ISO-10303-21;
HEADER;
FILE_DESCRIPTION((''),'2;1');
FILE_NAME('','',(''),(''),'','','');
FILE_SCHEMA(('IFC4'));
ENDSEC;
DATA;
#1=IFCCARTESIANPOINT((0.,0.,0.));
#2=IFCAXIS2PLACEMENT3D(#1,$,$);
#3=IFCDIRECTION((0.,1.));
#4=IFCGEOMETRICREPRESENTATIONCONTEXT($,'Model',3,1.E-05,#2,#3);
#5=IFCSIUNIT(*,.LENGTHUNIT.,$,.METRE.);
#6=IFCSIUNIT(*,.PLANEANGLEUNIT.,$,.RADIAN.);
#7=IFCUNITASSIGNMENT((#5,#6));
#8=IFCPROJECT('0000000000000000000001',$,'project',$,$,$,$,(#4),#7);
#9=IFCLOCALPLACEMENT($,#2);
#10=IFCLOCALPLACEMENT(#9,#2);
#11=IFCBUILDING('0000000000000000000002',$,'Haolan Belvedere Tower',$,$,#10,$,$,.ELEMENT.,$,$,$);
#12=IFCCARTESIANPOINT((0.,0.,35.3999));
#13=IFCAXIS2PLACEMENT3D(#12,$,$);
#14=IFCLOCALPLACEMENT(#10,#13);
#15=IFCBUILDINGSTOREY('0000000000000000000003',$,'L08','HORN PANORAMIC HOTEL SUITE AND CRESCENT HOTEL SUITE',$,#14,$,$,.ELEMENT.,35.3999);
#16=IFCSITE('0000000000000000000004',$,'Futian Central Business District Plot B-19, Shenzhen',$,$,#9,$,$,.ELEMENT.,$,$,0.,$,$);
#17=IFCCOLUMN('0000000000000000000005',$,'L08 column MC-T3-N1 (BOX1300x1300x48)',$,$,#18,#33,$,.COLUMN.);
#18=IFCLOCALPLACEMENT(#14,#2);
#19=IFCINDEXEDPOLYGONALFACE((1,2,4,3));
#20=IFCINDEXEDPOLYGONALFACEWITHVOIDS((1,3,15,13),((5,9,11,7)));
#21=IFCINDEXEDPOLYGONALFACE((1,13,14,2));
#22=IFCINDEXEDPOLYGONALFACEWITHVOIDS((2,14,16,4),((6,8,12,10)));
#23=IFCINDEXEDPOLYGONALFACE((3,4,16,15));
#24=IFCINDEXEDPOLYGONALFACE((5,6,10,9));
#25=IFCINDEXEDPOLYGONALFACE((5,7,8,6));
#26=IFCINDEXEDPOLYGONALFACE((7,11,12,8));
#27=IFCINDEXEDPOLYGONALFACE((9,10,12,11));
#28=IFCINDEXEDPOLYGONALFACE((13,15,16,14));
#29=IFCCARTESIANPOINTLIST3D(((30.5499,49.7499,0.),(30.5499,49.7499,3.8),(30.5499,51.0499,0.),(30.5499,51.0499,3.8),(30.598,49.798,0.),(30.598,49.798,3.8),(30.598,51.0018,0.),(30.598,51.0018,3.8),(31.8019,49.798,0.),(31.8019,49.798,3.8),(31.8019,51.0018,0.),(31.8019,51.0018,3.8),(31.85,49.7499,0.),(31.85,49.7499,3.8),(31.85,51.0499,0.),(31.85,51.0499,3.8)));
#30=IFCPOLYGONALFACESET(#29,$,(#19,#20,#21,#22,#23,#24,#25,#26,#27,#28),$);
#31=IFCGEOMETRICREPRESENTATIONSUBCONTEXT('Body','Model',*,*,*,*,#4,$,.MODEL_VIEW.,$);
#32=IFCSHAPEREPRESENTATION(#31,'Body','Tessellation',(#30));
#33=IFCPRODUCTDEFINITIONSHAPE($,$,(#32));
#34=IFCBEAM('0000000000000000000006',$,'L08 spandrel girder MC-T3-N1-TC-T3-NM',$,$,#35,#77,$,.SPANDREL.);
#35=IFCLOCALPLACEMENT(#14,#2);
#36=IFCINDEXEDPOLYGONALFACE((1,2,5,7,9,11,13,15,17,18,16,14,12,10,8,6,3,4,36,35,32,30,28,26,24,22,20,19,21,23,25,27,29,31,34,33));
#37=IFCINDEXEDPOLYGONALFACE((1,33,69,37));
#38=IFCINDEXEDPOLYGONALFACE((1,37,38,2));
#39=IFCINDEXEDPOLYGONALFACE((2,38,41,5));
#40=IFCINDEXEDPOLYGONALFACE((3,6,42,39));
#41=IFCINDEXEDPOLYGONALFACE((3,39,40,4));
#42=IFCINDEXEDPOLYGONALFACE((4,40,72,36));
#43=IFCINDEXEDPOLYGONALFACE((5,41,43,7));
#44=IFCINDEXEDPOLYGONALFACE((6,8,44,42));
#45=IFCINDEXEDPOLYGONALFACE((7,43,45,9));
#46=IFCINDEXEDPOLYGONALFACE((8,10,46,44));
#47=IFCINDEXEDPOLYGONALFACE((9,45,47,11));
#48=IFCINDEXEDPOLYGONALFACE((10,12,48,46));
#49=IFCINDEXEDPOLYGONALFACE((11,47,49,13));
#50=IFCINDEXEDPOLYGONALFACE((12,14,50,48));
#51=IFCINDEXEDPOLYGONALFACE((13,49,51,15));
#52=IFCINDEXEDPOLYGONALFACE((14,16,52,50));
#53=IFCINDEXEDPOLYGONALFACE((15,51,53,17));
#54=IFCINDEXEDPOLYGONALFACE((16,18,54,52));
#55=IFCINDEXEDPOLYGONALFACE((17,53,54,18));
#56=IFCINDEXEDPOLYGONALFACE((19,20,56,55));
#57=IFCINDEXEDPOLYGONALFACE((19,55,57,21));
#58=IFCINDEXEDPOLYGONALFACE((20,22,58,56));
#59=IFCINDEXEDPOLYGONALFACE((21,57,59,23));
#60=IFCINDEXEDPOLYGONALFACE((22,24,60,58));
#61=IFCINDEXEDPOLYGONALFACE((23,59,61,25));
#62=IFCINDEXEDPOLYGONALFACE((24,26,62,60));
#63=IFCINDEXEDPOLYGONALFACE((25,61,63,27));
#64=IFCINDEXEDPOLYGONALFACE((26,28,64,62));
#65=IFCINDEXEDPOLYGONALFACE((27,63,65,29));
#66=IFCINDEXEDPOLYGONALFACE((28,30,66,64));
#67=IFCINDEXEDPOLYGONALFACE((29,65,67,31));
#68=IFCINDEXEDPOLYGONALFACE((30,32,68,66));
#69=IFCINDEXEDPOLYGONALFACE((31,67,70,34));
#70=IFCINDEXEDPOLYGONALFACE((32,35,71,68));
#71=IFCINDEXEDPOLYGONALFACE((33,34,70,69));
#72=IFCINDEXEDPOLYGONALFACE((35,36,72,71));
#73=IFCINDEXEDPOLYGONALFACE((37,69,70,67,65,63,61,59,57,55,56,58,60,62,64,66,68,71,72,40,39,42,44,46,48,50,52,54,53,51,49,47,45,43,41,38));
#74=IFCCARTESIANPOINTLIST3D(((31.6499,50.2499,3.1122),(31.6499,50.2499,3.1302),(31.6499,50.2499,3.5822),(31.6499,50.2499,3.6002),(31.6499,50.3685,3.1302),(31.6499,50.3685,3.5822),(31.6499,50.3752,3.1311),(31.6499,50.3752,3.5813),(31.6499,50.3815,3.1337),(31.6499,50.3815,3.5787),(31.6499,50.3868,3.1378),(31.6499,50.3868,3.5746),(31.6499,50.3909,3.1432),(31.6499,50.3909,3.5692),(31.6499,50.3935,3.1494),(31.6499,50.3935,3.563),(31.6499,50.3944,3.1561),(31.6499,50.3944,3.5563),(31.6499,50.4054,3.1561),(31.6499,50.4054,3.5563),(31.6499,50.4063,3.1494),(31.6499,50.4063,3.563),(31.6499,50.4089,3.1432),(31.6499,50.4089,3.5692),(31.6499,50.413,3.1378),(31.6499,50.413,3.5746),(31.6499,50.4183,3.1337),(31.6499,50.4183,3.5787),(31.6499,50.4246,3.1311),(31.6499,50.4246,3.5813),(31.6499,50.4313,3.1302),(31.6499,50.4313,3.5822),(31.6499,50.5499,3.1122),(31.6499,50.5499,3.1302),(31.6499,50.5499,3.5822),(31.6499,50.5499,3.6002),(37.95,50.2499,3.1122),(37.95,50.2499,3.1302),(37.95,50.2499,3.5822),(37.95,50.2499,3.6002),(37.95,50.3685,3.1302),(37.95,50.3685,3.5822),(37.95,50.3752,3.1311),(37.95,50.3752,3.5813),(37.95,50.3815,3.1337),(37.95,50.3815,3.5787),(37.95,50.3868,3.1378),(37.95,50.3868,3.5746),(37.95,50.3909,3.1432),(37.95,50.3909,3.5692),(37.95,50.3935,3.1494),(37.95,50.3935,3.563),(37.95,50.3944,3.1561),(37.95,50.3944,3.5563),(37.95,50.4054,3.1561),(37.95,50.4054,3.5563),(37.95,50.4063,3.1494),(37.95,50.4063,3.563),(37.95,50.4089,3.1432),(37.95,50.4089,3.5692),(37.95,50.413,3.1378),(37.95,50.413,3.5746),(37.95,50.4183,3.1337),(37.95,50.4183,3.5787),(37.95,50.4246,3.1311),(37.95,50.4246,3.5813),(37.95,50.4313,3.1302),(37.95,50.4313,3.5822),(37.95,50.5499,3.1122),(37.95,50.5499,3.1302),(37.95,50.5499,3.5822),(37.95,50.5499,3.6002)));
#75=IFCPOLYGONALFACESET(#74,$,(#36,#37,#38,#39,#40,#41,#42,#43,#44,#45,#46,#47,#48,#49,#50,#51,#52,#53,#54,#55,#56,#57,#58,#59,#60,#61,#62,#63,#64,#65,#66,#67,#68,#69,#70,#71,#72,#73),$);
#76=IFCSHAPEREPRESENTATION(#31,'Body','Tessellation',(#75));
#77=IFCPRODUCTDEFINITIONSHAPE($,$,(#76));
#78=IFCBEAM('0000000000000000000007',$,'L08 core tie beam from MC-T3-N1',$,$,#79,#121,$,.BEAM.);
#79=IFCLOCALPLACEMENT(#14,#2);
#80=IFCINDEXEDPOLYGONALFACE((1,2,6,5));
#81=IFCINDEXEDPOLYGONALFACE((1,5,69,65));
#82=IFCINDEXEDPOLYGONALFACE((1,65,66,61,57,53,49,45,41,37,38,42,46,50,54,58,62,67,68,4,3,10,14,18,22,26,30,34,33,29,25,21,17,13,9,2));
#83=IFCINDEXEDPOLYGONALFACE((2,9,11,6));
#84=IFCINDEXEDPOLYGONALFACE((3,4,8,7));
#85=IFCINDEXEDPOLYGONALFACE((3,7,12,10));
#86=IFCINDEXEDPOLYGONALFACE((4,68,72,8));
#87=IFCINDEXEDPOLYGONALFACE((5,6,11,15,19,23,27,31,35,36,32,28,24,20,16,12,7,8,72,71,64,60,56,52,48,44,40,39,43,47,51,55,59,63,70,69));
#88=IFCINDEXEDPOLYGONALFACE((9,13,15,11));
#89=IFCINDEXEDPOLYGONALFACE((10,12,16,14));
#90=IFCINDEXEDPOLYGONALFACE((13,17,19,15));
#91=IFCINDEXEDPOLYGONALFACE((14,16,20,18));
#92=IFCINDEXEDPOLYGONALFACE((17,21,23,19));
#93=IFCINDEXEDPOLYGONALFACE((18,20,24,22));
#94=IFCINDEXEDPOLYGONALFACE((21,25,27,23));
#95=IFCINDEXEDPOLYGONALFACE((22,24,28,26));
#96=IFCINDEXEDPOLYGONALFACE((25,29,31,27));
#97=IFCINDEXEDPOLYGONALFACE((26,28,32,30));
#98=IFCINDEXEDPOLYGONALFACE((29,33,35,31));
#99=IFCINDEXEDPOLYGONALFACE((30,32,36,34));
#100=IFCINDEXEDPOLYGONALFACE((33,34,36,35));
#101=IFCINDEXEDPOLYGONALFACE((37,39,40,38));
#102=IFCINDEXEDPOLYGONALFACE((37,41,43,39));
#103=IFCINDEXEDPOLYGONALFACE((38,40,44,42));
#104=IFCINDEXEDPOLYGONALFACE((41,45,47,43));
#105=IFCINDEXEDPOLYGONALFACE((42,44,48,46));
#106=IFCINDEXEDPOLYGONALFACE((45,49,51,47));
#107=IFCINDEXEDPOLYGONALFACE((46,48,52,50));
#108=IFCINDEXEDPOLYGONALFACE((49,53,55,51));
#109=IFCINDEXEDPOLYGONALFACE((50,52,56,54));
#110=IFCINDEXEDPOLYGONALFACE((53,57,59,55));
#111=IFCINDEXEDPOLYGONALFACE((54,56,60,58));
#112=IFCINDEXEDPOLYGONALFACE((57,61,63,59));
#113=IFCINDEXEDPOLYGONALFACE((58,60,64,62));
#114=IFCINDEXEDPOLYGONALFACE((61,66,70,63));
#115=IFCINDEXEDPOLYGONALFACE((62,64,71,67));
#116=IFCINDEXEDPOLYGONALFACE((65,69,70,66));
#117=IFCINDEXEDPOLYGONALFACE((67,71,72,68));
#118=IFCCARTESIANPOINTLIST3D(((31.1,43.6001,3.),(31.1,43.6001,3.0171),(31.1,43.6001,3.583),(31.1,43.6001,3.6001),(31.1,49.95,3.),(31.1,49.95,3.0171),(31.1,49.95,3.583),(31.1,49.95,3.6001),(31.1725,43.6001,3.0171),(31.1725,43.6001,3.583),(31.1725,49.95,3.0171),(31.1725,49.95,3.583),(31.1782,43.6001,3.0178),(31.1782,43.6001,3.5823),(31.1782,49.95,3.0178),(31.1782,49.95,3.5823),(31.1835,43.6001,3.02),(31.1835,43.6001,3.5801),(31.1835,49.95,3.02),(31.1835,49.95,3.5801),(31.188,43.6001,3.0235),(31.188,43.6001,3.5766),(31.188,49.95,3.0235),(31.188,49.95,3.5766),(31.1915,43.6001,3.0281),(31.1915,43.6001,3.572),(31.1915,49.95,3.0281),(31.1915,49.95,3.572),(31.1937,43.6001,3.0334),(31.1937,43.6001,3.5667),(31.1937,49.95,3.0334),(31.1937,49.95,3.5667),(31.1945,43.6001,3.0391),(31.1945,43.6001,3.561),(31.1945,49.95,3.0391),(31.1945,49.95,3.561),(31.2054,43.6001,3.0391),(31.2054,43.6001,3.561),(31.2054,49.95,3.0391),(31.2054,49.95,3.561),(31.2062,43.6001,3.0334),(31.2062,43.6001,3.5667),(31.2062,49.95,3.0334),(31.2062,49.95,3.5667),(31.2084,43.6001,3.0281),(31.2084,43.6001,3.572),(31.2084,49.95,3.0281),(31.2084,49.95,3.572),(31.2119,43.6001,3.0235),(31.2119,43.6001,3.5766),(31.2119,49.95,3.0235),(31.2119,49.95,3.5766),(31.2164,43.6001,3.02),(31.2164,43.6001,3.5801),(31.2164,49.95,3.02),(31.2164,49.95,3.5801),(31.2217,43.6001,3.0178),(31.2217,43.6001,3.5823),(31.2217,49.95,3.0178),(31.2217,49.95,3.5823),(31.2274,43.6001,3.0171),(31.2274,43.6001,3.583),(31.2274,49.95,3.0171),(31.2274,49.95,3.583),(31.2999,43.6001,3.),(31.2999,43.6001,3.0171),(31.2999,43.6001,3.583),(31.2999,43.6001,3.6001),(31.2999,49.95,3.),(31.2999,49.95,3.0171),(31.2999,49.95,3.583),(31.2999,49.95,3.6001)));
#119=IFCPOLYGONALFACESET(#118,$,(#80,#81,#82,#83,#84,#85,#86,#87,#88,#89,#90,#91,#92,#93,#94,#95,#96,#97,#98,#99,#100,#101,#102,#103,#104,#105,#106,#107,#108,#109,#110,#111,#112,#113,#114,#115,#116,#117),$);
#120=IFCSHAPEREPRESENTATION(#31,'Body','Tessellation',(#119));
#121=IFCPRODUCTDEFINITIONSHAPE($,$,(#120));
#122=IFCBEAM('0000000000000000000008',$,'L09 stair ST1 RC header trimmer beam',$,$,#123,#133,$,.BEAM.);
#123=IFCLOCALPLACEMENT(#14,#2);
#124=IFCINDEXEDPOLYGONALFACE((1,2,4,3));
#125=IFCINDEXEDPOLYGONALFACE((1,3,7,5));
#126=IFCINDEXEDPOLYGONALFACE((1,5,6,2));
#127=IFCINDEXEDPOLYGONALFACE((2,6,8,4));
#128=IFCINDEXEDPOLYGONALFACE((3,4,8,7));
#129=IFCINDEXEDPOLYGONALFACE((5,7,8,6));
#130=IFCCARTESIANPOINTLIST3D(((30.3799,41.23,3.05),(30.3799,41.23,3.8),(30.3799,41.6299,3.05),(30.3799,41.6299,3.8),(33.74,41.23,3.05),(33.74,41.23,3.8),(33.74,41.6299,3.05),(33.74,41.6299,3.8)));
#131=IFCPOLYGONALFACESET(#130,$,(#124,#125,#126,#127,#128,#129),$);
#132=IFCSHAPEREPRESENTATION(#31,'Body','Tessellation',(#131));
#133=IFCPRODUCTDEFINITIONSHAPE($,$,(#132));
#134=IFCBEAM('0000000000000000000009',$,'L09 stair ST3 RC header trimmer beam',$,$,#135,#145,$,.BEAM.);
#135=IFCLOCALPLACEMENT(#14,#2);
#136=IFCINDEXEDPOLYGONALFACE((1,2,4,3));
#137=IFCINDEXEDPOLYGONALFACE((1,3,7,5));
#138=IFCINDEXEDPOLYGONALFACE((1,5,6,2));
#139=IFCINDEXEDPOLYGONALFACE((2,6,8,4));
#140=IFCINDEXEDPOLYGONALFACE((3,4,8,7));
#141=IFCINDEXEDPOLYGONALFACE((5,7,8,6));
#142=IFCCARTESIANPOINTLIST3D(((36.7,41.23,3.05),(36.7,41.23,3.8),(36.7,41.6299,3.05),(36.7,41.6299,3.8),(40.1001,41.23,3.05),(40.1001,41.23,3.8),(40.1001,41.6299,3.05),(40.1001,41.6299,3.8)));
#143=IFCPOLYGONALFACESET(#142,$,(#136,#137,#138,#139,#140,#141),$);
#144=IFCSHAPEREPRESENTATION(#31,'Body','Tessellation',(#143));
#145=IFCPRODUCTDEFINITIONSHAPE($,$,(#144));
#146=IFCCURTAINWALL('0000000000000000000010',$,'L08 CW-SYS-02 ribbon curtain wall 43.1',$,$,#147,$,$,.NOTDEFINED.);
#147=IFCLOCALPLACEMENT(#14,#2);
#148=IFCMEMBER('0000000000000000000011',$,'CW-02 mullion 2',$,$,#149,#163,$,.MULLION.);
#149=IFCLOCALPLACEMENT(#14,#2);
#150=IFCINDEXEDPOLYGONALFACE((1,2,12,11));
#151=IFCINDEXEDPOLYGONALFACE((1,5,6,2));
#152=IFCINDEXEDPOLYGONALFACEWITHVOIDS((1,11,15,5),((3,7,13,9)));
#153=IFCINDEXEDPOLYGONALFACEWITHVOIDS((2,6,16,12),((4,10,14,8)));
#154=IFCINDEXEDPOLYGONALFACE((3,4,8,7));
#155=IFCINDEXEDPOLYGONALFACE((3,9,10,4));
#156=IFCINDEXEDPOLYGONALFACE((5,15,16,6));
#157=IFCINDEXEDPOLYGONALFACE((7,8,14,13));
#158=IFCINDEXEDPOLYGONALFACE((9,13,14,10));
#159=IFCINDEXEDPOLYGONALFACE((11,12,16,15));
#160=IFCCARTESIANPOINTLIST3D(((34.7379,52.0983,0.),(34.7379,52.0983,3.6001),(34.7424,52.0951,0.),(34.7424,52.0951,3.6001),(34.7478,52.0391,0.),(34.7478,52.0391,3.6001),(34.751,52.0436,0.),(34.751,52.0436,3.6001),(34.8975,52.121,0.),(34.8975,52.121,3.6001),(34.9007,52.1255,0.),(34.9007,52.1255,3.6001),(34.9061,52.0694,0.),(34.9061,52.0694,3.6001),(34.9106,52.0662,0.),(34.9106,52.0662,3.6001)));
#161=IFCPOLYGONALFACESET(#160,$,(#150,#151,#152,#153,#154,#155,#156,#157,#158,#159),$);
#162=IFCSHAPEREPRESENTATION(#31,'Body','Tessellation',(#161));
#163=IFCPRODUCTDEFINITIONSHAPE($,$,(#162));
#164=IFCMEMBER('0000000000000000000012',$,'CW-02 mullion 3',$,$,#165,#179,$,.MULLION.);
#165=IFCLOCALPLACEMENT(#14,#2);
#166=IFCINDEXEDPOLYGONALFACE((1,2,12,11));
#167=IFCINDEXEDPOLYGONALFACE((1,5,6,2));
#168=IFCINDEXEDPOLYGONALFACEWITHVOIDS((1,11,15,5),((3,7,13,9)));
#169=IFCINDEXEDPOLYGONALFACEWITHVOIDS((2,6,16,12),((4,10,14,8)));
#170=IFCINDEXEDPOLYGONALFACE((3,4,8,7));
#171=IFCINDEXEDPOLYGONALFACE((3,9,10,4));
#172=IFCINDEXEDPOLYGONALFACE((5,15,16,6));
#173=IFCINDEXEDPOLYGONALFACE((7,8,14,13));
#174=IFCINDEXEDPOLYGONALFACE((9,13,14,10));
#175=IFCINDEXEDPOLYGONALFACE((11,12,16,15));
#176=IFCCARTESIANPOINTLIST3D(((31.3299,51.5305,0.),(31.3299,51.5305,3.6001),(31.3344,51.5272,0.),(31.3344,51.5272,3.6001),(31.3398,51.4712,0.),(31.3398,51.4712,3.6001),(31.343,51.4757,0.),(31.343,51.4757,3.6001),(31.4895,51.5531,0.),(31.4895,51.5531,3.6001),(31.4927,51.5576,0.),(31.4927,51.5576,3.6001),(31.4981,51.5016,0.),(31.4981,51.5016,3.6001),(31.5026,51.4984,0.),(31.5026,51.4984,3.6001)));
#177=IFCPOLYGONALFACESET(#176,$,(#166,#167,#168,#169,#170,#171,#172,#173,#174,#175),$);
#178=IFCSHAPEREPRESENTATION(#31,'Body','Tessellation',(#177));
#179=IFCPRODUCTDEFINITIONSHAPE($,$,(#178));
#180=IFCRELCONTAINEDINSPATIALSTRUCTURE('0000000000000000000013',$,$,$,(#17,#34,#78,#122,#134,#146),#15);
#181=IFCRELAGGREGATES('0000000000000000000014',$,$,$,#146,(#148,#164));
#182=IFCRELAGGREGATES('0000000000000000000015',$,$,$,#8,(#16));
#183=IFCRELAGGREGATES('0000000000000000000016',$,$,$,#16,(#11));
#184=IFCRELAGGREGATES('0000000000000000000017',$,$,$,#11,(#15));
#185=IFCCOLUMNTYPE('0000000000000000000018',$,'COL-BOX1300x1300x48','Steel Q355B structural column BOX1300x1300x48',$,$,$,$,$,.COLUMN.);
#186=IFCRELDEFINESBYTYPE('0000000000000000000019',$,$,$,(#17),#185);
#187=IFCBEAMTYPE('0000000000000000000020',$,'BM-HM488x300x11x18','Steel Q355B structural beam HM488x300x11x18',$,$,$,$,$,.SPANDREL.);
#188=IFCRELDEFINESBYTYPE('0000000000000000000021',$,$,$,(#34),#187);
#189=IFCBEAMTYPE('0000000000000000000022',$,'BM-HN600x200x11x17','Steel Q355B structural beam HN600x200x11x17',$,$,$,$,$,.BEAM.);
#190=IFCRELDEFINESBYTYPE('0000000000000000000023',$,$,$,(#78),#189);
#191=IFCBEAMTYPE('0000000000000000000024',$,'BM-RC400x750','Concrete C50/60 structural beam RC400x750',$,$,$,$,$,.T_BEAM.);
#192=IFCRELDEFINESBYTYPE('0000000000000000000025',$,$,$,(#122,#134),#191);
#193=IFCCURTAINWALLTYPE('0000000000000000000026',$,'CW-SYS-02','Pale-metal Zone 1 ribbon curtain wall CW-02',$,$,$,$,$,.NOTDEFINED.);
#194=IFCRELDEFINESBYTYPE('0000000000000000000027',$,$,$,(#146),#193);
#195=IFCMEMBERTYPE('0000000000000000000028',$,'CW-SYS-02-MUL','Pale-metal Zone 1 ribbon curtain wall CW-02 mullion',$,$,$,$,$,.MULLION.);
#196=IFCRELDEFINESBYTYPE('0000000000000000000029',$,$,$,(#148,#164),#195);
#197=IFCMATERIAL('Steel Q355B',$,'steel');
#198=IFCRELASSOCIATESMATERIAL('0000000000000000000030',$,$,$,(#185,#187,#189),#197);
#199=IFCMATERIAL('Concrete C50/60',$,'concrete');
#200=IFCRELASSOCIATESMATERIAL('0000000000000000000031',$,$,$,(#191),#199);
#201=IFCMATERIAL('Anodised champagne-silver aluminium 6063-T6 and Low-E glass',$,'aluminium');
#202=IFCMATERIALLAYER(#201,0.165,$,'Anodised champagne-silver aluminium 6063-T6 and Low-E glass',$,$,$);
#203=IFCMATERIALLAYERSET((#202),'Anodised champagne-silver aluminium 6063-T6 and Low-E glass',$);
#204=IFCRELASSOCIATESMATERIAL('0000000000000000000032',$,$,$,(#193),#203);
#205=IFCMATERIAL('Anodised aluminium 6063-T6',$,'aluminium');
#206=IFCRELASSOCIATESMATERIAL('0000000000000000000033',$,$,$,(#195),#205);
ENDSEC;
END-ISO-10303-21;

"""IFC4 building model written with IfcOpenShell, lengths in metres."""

from ifc_helpers import new_model, si_unit, direction, frame, origin, origin_2d, place, context, subcontext, project, spatial, rectangle, hollow_rectangle, i_section, extrude, material, layer, layer_set, material_profile, profile_set, type_object, element, aggregate, save


model = new_model("IFC4")

# Units and contexts
model_context = context("Model", 3, precision=1e-05, world=origin(), true_north=direction((0.0, 1.0)))
body_context = subcontext(model_context, "Body", "Model", "MODEL_VIEW")
ifc_project = project(units=[si_unit("LENGTHUNIT", "METRE"), si_unit("PLANEANGLEUNIT", "RADIAN")], contexts=[model_context])

# Site, building, storey
site_placement = place(None, origin())
site = spatial("IfcSite", under=ifc_project, at=site_placement, Name="Futian Central Business District Plot B-19, Shenzhen", CompositionType="ELEMENT", RefElevation=0.0)
building_placement = place(site_placement, origin())
building = spatial("IfcBuilding", under=site, at=building_placement, Name="Haolan Belvedere Tower", CompositionType="ELEMENT")
storey_placement = place(building_placement, frame((0.0, 0.0, 35.3999)))
storey = spatial("IfcBuildingStorey", under=building, at=storey_placement, Name="L08", Description="HORN PANORAMIC HOTEL SUITE AND CRESCENT HOTEL SUITE", CompositionType="ELEMENT", Elevation=35.3999)

# Column
ifc_material_1 = material(Name="Steel Q355B", Category="steel")
ifc_material_profile_1 = material_profile(ifc_material_1, hollow_rectangle(XDim=1.3, YDim=1.3, WallThickness=0.0481, at=origin_2d()), Name="Steel Q355B")
ifc_profile_set_1 = profile_set([ifc_material_profile_1], Name="Steel Q355B")
column_type = type_object("IfcColumnType", Name="COL-BOX1300x1300x48", Description="Steel Q355B structural column BOX1300x1300x48", PredefinedType="COLUMN", material=ifc_profile_set_1)
column_placement = place(storey_placement, frame((31.2, 50.3999, 0.0), z_axis=(0.0, 0.0, 1.0), x_axis=(1.0, 0.0, 0.0)))
element("IfcColumn", 1, at=column_placement, inside=storey, type_object=column_type, Name="L08 column MC-T3-N1 (BOX1300x1300x48)", PredefinedType="COLUMN", context=body_context, shape_type="SweptSolid", body=[
    extrude(hollow_rectangle(XDim=1.3, YDim=1.3, WallThickness=0.0481, at=origin_2d()), origin(), (0.0, 0.0, 1.0), 3.8),
])

# Beams
ifc_material_profile_2 = material_profile(ifc_material_1, i_section(OverallWidth=0.3, OverallDepth=0.488, WebThickness=0.011, FlangeThickness=0.0181, FilletRadius=0.0259, at=origin_2d()), Name="Steel Q355B")
ifc_profile_set_2 = profile_set([ifc_material_profile_2], Name="Steel Q355B")
beam_type_1 = type_object("IfcBeamType", Name="BM-HM488x300x11x18", Description="Steel Q355B structural beam HM488x300x11x18", PredefinedType="SPANDREL", material=ifc_profile_set_2)
beam_1_placement = place(storey_placement, frame((31.6499, 50.3999, 3.3562), z_axis=(1.0, 0.0, 0.0), x_axis=(0.0, 1.0, 0.0)))
element("IfcBeam", 2, at=beam_1_placement, inside=storey, type_object=beam_type_1, Name="L08 spandrel girder MC-T3-N1-TC-T3-NM", PredefinedType="SPANDREL", context=body_context, shape_type="SweptSolid", body=[
    extrude(i_section(OverallWidth=0.3, OverallDepth=0.488, WebThickness=0.011, FlangeThickness=0.0181, FilletRadius=0.0259, at=origin_2d()), origin(), (0.0, 0.0, 1.0), 6.3),
])
ifc_material_profile_3 = material_profile(ifc_material_1, i_section(OverallWidth=0.2, OverallDepth=0.6001, WebThickness=0.011, FlangeThickness=0.0171, FilletRadius=0.022, at=origin_2d()), Name="Steel Q355B")
ifc_profile_set_3 = profile_set([ifc_material_profile_3], Name="Steel Q355B")
beam_type_2 = type_object("IfcBeamType", Name="BM-HN600x200x11x17", Description="Steel Q355B structural beam HN600x200x11x17", PredefinedType="BEAM", material=ifc_profile_set_3)
beam_2_placement = place(storey_placement, frame((31.2, 49.95, 3.3), z_axis=(0.0, -1.0, 0.0), x_axis=(1.0, 0.0, 0.0)))
element("IfcBeam", 3, at=beam_2_placement, inside=storey, type_object=beam_type_2, Name="L08 core tie beam from MC-T3-N1", PredefinedType="BEAM", context=body_context, shape_type="SweptSolid", body=[
    extrude(i_section(OverallWidth=0.2, OverallDepth=0.6001, WebThickness=0.011, FlangeThickness=0.0171, FilletRadius=0.022, at=origin_2d()), origin(), (0.0, 0.0, 1.0), 6.3499),
])
ifc_material_2 = material(Name="Concrete C50/60", Category="concrete")
ifc_material_profile_4 = material_profile(ifc_material_2, rectangle(XDim=0.3999, YDim=0.75, at=origin_2d()), Name="Concrete C50/60")
ifc_profile_set_4 = profile_set([ifc_material_profile_4], Name="Concrete C50/60")
beam_type_3 = type_object("IfcBeamType", Name="BM-RC400x750", Description="Concrete C50/60 structural beam RC400x750", PredefinedType="T_BEAM", material=ifc_profile_set_4)
beam_3_placement = place(storey_placement, frame((30.3799, 41.4299, 3.425), z_axis=(1.0, 0.0, 0.0), x_axis=(0.0, 1.0, 0.0)))
element("IfcBeam", 4, at=beam_3_placement, inside=storey, type_object=beam_type_3, Name="L09 stair ST1 RC header trimmer beam", PredefinedType="BEAM", context=body_context, shape_type="SweptSolid", body=[
    extrude(rectangle(XDim=0.3999, YDim=0.75, at=origin_2d()), origin(), (0.0, 0.0, 1.0), 3.3601),
])
beam_4_placement = place(storey_placement, frame((36.7, 41.4299, 3.425), z_axis=(1.0, 0.0, 0.0), x_axis=(0.0, 1.0, 0.0)))
element("IfcBeam", 5, at=beam_4_placement, inside=storey, type_object=beam_type_3, Name="L09 stair ST3 RC header trimmer beam", PredefinedType="BEAM", context=body_context, shape_type="SweptSolid", body=[
    extrude(rectangle(XDim=0.3999, YDim=0.75, at=origin_2d()), origin(), (0.0, 0.0, 1.0), 3.4001),
])

# Curtain wall, members
ifc_material_3 = material(Name="Anodised champagne-silver aluminium 6063-T6 and Low-E glass", Category="aluminium")
ifc_layer_1 = layer(ifc_material_3, 0.165, Name="Anodised champagne-silver aluminium 6063-T6 and Low-E glass")
ifc_layer_set_1 = layer_set([ifc_layer_1], Name="Anodised champagne-silver aluminium 6063-T6 and Low-E glass")
curtain_wall_type = type_object("IfcCurtainWallType", Name="CW-SYS-02", Description="Pale-metal Zone 1 ribbon curtain wall CW-02", PredefinedType="NOTDEFINED", material=ifc_layer_set_1)
curtain_wall_placement = place(storey_placement, origin())
curtain_wall = element("IfcCurtainWall", 6, at=curtain_wall_placement, inside=storey, type_object=curtain_wall_type, Name="L08 CW-SYS-02 ribbon curtain wall 43.1", PredefinedType="NOTDEFINED")
ifc_material_4 = material(Name="Anodised aluminium 6063-T6", Category="aluminium")
ifc_material_profile_5 = material_profile(ifc_material_4, hollow_rectangle(XDim=0.0601, YDim=0.165, WallThickness=0.0039, at=origin_2d()), Name="Anodised aluminium 6063-T6")
ifc_profile_set_5 = profile_set([ifc_material_profile_5], Name="Anodised aluminium 6063-T6")
member_type_1 = type_object("IfcMemberType", Name="CW-SYS-02-MUL", Description="Pale-metal Zone 1 ribbon curtain wall CW-02 mullion", PredefinedType="MULLION", material=ifc_profile_set_5)
member_1_placement = place(storey_placement, frame((34.8242, 52.0823, 0.0), z_axis=(0.0, 0.0, 1.0), x_axis=(0.164404, -0.986393, 0.0)))
member_1 = element("IfcMember", 7, at=member_1_placement, type_object=member_type_1, Name="CW-02 mullion 2", PredefinedType="MULLION", context=body_context, shape_type="SweptSolid", body=[
    extrude(hollow_rectangle(XDim=0.0601, YDim=0.165, WallThickness=0.0039, at=origin_2d()), origin(), (0.0, 0.0, 1.0), 3.6001),
])
member_2_placement = place(storey_placement, frame((31.4163, 51.5144, 0.0), z_axis=(0.0, 0.0, 1.0), x_axis=(0.164404, -0.986393, 0.0)))
member_2 = element("IfcMember", 8, at=member_2_placement, type_object=member_type_1, Name="CW-02 mullion 3", PredefinedType="MULLION", context=body_context, shape_type="SweptSolid", body=[
    extrude(hollow_rectangle(XDim=0.0601, YDim=0.165, WallThickness=0.0039, at=origin_2d()), origin(), (0.0, 0.0, 1.0), 3.6001),
])
aggregate(curtain_wall, [member_1, member_2])

save(model, "model.ifc")
